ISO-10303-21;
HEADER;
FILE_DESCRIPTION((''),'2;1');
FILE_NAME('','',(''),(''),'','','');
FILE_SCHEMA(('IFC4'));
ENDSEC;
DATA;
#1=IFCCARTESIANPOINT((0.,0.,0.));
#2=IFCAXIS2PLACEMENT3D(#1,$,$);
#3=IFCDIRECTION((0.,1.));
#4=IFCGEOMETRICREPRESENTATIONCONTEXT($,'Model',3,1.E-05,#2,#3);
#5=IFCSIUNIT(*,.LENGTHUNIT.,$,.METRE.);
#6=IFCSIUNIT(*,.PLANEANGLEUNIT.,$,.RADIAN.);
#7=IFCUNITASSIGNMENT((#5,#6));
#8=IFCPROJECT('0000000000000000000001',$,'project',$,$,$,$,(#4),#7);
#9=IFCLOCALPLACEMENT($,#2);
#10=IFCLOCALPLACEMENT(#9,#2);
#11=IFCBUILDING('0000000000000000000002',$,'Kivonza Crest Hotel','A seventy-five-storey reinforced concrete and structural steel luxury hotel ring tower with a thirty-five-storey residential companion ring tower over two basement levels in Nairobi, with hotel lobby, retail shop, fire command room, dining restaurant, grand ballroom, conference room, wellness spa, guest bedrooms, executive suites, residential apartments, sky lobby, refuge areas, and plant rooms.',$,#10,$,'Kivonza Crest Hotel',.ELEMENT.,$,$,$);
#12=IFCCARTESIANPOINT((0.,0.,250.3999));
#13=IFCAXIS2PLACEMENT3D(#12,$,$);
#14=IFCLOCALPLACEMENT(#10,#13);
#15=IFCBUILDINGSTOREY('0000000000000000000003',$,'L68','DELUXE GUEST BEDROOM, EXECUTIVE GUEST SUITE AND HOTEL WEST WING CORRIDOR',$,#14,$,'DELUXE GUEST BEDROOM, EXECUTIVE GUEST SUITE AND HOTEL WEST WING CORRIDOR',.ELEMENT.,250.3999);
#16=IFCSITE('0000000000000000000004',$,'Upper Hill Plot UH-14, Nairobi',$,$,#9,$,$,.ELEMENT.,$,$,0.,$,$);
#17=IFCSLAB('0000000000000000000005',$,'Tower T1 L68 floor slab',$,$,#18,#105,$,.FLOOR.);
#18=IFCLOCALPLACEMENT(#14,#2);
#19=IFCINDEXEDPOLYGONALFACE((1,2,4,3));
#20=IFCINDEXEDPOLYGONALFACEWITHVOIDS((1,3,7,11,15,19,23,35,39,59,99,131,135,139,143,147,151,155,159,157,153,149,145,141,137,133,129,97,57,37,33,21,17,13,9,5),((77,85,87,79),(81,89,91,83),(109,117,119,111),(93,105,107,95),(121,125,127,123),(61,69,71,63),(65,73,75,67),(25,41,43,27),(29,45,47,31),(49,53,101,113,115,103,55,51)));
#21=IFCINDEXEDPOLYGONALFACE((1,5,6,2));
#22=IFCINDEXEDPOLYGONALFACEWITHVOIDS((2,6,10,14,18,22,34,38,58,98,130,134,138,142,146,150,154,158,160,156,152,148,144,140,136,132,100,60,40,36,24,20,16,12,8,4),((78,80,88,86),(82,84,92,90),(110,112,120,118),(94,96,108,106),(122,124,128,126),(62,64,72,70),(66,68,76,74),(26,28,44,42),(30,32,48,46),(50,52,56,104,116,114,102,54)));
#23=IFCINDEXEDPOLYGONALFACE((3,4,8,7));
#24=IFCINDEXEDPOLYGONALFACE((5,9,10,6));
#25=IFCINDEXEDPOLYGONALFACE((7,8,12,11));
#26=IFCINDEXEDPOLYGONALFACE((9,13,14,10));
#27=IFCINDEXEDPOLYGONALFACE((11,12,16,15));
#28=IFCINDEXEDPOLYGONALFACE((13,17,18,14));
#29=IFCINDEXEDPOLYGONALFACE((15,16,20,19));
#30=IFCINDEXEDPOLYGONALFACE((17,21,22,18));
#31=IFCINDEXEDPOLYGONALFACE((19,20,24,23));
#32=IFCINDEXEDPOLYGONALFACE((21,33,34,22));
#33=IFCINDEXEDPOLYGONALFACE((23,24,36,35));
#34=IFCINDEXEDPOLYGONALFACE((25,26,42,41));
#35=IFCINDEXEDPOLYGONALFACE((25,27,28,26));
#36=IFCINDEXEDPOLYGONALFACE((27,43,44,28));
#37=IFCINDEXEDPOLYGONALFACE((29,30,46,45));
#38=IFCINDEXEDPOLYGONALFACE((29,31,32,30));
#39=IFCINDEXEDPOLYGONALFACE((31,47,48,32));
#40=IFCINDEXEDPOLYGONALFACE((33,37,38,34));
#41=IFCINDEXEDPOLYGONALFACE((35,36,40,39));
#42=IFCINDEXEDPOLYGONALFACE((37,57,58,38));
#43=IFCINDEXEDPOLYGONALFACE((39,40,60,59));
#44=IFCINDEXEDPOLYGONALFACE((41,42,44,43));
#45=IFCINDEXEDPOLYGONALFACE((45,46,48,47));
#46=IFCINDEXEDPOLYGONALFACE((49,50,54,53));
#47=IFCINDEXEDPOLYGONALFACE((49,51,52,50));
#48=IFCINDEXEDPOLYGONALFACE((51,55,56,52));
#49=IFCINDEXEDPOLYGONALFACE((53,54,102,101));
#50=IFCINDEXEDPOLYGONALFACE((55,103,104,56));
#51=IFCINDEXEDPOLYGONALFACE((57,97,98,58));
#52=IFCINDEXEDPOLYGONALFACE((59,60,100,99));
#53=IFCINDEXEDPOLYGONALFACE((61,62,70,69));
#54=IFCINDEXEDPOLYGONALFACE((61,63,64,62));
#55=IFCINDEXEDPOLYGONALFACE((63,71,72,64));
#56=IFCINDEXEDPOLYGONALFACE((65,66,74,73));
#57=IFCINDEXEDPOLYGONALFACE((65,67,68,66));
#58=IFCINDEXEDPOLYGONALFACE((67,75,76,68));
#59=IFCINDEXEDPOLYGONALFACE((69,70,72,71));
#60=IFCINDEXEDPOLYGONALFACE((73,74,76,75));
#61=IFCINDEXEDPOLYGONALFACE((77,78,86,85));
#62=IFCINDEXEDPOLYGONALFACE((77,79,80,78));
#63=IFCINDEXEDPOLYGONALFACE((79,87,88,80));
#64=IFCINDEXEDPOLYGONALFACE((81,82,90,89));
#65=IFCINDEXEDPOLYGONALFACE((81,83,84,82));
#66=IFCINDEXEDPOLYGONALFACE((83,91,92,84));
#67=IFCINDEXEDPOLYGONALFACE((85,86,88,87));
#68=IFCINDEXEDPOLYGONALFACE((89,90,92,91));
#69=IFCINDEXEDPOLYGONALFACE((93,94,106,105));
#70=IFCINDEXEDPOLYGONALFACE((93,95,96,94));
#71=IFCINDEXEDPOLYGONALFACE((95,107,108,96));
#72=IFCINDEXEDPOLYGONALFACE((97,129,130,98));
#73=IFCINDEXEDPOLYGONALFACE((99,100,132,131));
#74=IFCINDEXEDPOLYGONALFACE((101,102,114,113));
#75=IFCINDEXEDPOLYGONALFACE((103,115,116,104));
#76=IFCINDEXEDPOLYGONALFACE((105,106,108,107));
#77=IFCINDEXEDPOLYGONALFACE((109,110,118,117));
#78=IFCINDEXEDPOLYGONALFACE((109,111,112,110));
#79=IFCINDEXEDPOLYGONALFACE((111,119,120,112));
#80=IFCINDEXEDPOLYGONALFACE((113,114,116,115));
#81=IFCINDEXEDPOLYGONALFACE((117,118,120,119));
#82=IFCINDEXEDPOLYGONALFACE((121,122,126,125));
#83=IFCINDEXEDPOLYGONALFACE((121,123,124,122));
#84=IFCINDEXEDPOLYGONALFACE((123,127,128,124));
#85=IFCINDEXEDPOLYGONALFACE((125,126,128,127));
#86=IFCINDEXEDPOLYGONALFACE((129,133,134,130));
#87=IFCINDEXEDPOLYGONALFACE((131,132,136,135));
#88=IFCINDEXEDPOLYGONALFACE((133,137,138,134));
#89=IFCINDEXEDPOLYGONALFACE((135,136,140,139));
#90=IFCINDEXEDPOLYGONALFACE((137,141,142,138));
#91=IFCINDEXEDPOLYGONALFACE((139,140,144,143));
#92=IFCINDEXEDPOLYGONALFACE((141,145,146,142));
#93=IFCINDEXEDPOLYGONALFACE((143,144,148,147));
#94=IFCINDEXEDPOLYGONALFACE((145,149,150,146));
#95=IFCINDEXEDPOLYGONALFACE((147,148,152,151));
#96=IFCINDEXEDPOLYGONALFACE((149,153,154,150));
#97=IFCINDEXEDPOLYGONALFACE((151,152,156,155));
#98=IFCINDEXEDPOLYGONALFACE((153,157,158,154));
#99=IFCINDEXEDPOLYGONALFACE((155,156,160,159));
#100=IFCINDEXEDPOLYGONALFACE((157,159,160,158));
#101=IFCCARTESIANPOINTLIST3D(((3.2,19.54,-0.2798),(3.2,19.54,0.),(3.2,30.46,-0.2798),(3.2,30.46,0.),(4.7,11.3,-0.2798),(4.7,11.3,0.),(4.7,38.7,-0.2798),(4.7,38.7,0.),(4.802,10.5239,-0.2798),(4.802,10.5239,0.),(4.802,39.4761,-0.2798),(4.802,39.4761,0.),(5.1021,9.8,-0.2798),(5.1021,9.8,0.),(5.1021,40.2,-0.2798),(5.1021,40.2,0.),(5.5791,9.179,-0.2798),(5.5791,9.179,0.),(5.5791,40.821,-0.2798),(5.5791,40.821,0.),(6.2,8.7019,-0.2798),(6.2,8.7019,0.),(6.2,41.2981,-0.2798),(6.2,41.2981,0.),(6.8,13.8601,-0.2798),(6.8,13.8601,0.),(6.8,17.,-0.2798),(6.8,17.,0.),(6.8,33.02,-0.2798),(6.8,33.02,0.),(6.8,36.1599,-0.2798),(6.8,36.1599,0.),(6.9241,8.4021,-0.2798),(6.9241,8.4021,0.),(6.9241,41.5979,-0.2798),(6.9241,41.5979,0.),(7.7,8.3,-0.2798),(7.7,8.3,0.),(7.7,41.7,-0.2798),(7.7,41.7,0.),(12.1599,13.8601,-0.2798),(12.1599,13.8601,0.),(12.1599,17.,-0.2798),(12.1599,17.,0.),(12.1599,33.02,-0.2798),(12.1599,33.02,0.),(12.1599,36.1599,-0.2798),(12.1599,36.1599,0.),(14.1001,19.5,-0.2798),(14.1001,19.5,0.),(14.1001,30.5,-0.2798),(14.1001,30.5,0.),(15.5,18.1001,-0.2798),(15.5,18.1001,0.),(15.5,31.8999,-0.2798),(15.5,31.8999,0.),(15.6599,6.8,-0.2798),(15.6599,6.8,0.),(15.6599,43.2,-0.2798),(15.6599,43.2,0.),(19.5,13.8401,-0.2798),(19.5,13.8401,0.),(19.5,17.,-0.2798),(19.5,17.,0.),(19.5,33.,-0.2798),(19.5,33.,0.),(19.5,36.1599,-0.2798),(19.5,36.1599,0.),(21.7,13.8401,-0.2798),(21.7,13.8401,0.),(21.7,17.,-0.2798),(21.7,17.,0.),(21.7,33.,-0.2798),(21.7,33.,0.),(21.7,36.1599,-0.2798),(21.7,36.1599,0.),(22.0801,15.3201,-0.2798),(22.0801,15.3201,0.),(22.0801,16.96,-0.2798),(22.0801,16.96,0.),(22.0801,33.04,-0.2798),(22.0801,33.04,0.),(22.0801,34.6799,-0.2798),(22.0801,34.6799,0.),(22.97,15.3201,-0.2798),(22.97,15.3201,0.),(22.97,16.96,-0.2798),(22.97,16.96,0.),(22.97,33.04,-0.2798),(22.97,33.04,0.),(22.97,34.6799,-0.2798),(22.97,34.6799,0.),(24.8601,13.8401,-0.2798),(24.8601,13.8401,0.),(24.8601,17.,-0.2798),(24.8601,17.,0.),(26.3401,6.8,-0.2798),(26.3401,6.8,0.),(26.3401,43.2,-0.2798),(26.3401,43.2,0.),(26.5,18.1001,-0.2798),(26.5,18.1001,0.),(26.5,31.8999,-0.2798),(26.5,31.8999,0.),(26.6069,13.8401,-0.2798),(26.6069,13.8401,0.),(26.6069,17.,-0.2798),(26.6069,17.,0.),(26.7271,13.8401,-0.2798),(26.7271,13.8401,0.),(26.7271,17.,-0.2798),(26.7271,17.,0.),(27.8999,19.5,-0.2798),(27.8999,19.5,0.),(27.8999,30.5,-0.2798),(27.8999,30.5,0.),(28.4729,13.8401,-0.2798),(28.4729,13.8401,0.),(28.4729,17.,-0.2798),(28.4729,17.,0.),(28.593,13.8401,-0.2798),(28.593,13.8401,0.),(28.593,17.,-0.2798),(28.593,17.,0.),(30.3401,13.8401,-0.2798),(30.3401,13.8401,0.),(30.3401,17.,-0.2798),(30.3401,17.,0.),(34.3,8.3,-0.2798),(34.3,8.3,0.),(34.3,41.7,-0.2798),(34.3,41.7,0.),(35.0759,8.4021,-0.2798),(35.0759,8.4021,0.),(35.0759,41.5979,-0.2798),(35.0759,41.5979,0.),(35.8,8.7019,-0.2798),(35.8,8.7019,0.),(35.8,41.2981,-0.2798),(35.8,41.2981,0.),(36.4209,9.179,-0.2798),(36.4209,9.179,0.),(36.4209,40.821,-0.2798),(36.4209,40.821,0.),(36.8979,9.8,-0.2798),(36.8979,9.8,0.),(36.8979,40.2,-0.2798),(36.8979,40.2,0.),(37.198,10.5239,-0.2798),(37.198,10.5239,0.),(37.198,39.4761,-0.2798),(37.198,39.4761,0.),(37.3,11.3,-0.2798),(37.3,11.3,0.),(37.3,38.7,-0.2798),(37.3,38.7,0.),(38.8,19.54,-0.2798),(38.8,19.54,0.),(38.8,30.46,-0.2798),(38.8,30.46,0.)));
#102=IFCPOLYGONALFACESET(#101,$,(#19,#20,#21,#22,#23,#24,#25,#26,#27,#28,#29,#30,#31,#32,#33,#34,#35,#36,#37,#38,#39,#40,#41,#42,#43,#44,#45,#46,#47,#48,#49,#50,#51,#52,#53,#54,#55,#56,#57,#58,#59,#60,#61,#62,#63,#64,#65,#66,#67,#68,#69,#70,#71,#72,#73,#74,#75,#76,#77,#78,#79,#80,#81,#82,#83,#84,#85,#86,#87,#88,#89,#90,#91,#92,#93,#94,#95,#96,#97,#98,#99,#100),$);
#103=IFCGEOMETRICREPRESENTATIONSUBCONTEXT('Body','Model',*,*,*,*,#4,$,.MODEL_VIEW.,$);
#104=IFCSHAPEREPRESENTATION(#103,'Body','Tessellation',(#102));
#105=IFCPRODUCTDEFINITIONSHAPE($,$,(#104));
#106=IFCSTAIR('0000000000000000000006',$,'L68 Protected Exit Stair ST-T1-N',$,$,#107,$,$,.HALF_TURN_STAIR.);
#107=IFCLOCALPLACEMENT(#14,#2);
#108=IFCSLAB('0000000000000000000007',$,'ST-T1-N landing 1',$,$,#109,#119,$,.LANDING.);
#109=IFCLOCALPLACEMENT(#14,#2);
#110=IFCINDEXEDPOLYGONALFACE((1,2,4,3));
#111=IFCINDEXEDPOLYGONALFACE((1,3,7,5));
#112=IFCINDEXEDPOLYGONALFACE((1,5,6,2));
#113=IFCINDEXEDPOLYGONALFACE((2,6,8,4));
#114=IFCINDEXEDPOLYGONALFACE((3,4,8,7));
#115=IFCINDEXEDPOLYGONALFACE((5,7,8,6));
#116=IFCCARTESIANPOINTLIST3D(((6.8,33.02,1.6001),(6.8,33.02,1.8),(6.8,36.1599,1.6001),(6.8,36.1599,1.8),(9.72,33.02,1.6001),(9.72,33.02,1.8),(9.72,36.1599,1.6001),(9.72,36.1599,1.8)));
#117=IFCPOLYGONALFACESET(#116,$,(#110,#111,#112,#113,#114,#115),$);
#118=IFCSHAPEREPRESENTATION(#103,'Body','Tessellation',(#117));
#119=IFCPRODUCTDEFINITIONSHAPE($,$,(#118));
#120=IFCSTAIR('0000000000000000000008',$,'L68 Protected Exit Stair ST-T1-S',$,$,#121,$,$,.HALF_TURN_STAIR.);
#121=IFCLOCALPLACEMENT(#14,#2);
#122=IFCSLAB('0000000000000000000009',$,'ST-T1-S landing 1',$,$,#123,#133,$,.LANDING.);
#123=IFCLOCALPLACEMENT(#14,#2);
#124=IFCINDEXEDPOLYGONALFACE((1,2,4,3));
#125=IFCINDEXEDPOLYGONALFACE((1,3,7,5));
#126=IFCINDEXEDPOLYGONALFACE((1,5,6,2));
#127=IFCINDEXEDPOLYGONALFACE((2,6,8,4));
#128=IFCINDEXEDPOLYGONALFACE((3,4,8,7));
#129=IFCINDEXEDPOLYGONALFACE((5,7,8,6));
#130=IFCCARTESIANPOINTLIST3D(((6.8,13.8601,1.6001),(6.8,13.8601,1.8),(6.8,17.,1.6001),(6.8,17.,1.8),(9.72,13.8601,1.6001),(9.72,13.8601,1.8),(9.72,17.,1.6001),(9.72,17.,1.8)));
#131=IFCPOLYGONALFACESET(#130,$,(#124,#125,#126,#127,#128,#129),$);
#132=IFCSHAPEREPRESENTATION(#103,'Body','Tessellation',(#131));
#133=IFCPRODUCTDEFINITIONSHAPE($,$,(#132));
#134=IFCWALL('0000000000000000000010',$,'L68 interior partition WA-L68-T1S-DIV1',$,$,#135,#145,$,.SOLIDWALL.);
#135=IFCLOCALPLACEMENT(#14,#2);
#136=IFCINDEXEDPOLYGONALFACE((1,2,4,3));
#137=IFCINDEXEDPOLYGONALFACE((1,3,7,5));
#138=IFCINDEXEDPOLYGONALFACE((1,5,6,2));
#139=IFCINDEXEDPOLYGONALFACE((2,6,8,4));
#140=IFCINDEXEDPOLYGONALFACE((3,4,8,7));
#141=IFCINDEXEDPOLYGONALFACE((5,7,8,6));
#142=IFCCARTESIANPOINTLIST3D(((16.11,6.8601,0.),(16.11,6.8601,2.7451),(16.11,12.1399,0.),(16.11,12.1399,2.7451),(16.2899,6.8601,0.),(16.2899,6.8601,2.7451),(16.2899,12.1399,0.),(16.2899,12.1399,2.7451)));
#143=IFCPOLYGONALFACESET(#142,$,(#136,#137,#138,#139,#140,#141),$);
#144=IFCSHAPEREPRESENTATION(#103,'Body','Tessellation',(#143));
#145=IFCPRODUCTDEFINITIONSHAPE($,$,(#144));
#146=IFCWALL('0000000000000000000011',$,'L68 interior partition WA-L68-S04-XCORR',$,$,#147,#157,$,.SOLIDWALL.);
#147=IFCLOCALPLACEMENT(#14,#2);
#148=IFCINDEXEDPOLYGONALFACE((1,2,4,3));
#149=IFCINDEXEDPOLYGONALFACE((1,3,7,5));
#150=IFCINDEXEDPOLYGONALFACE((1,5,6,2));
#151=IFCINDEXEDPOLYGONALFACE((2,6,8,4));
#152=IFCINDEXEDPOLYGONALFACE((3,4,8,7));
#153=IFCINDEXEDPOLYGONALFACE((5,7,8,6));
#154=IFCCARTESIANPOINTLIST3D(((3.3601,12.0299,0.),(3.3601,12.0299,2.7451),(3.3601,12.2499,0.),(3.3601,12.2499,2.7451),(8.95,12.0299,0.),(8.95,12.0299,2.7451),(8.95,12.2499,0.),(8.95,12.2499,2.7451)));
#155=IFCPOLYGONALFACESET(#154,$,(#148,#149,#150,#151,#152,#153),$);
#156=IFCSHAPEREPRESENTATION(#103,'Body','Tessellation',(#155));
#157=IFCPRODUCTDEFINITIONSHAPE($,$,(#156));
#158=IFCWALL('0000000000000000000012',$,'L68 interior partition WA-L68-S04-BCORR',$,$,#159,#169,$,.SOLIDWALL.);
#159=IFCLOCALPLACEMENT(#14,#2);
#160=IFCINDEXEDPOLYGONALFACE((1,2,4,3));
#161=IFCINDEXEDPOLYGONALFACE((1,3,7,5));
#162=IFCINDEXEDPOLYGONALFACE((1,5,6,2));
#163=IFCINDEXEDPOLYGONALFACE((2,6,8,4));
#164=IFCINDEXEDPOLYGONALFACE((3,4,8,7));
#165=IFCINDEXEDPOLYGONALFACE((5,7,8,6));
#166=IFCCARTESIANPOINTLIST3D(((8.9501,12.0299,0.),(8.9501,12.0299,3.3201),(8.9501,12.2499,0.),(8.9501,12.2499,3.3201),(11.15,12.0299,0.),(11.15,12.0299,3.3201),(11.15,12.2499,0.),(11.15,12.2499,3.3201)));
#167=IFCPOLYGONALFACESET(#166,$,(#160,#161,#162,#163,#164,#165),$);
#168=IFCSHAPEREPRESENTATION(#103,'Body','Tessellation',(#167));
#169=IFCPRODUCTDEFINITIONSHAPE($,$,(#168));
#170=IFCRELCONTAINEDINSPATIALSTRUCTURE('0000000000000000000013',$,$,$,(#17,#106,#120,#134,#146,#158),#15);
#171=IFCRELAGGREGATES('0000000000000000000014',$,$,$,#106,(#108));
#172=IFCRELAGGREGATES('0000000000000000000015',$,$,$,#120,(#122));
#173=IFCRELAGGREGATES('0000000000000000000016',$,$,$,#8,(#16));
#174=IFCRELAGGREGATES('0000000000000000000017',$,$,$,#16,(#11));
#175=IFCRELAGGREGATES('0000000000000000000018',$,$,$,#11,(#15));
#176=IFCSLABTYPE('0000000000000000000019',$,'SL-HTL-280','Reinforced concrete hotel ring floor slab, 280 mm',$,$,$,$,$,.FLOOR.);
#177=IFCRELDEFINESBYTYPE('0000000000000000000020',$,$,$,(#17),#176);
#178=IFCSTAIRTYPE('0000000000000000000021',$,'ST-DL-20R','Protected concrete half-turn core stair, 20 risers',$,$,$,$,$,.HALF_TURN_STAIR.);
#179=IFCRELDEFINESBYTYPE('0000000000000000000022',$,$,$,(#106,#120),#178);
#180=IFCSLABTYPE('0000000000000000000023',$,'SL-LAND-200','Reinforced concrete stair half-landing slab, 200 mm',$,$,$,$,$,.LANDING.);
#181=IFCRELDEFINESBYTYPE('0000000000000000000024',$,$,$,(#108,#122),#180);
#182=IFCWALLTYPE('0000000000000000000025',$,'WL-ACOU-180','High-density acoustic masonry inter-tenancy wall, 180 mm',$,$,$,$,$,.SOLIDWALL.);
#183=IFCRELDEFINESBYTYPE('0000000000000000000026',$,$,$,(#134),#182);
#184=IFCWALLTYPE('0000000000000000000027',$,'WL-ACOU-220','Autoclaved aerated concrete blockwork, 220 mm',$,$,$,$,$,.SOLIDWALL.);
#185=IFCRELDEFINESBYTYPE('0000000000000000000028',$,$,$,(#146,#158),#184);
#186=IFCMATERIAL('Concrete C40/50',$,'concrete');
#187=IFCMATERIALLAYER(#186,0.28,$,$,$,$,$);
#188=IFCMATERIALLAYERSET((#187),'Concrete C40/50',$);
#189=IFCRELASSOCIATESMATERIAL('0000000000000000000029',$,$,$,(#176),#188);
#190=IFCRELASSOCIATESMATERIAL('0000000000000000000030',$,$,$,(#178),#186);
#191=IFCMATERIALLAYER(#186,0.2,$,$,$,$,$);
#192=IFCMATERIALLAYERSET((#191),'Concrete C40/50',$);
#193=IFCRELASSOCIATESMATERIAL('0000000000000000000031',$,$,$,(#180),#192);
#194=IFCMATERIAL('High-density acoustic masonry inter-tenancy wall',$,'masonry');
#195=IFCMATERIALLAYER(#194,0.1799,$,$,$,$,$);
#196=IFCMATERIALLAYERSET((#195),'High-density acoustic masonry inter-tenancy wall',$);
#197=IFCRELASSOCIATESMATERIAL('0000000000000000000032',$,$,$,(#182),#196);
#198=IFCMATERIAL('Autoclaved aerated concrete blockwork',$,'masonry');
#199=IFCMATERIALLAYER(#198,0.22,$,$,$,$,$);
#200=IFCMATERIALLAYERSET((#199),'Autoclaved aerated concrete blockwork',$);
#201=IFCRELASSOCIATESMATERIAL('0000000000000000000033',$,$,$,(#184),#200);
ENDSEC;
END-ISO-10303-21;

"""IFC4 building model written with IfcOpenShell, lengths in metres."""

from ifc_helpers import new_model, si_unit, direction, frame, frame_2d, origin, place, context, subcontext, project, spatial, polyline, rectangle, outline, extrude, material, layer, layer_set, type_object, element, aggregate, save


model = new_model("IFC4")

# Units and contexts
model_context = context("Model", 3, precision=1e-05, world=origin(), true_north=direction((0.0, 1.0)))
body_context = subcontext(model_context, "Body", "Model", "MODEL_VIEW")
ifc_project = project(units=[si_unit("LENGTHUNIT", "METRE"), si_unit("PLANEANGLEUNIT", "RADIAN")], contexts=[model_context])

# Site, building, storey
site_placement = place(None, origin())
site = spatial("IfcSite", under=ifc_project, at=site_placement, Name="Upper Hill Plot UH-14, Nairobi", CompositionType="ELEMENT", RefElevation=0.0)
building_placement = place(site_placement, origin())
building = spatial("IfcBuilding", under=site, at=building_placement, Name="Kivonza Crest Hotel", Description="A seventy-five-storey reinforced concrete and structural steel luxury hotel ring tower with a thirty-five-storey residential companion ring tower over two basement levels in Nairobi, with hotel lobby, retail shop, fire command room, dining restaurant, grand ballroom, conference room, wellness spa, guest bedrooms, executive suites, residential apartments, sky lobby, refuge areas, and plant rooms.", LongName="Kivonza Crest Hotel", CompositionType="ELEMENT")
storey_placement = place(building_placement, frame((0.0, 0.0, 250.3999)))
storey = spatial("IfcBuildingStorey", under=building, at=storey_placement, Name="L68", Description="DELUXE GUEST BEDROOM, EXECUTIVE GUEST SUITE AND HOTEL WEST WING CORRIDOR", LongName="DELUXE GUEST BEDROOM, EXECUTIVE GUEST SUITE AND HOTEL WEST WING CORRIDOR", CompositionType="ELEMENT", Elevation=250.3999)

# Slab
ifc_material_1 = material(Name="Concrete C40/50", Category="concrete")
ifc_layer_1 = layer(ifc_material_1, 0.28)
ifc_layer_set_1 = layer_set([ifc_layer_1], Name="Concrete C40/50")
slab_type_1 = type_object("IfcSlabType", Name="SL-HTL-280", Description="Reinforced concrete hotel ring floor slab, 280 mm", PredefinedType="FLOOR", material=ifc_layer_set_1)
slab_1_placement = place(storey_placement, frame((0.0, 0.0, -0.2798)))
element("IfcSlab", 1, at=slab_1_placement, inside=storey, type_object=slab_type_1, Name="Tower T1 L68 floor slab", PredefinedType="FLOOR", context=body_context, shape_type="SweptSolid", body=[
    extrude(outline(polyline([(4.7, 11.3), (4.802, 10.5239), (5.1021, 9.8), (5.5791, 9.179), (6.2, 8.7019), (6.9241, 8.4021), (7.7, 8.3), (15.6599, 6.8), (26.3401, 6.8), (34.3, 8.3), (35.0759, 8.4021), (35.8, 8.7019), (36.4209, 9.179), (36.8979, 9.8), (37.198, 10.5239), (37.3, 11.3), (38.8, 19.54), (38.8, 30.46), (37.3, 38.7), (37.198, 39.4761), (36.8979, 40.2), (36.4209, 40.821), (35.8, 41.2981), (35.0759, 41.5979), (34.3, 41.7), (26.3401, 43.2), (15.6599, 43.2), (7.7, 41.7), (6.9241, 41.5979), (6.2, 41.2981), (5.5791, 40.821), (5.1021, 40.2), (4.802, 39.4761), (4.7, 38.7), (3.2, 30.46), (3.2, 19.54), (4.7, 11.3)]), holes=[polyline([(15.5, 18.1001), (26.5, 18.1001), (27.8999, 19.5), (27.8999, 30.5), (26.5, 31.8999), (15.5, 31.8999), (14.1001, 30.5), (14.1001, 19.5), (15.5, 18.1001)]), polyline([(6.8, 33.02), (12.1599, 33.02), (12.1599, 36.1599), (6.8, 36.1599), (6.8, 33.02)]), polyline([(6.8, 13.8601), (12.1599, 13.8601), (12.1599, 17.0), (6.8, 17.0), (6.8, 13.8601)]), polyline([(22.0801, 33.04), (22.97, 33.04), (22.97, 34.6799), (22.0801, 34.6799), (22.0801, 33.04)]), polyline([(22.0801, 15.3201), (22.97, 15.3201), (22.97, 16.96), (22.0801, 16.96), (22.0801, 15.3201)]), polyline([(19.5, 33.0), (21.7, 33.0), (21.7, 36.1599), (19.5, 36.1599), (19.5, 33.0)]), polyline([(19.5, 13.8401), (21.7, 13.8401), (21.7, 17.0), (19.5, 17.0), (19.5, 13.8401)]), polyline([(24.8601, 13.8401), (26.6069, 13.8401), (26.6069, 17.0), (24.8601, 17.0), (24.8601, 13.8401)]), polyline([(26.7271, 13.8401), (28.4729, 13.8401), (28.4729, 17.0), (26.7271, 17.0), (26.7271, 13.8401)]), polyline([(28.593, 13.8401), (30.3401, 13.8401), (30.3401, 17.0), (28.593, 17.0), (28.593, 13.8401)])]), origin(), (0.0, 0.0, 1.0), 0.2798),
])

# Stairs, slabs
stair_type = type_object("IfcStairType", Name="ST-DL-20R", Description="Protected concrete half-turn core stair, 20 risers", PredefinedType="HALF_TURN_STAIR", material=ifc_material_1)
stair_1_placement = place(storey_placement, origin())
stair_1 = element("IfcStair", 2, at=stair_1_placement, inside=storey, type_object=stair_type, Name="L68 Protected Exit Stair ST-T1-N", PredefinedType="HALF_TURN_STAIR")
ifc_layer_2 = layer(ifc_material_1, 0.2)
ifc_layer_set_2 = layer_set([ifc_layer_2], Name="Concrete C40/50")
slab_type_2 = type_object("IfcSlabType", Name="SL-LAND-200", Description="Reinforced concrete stair half-landing slab, 200 mm", PredefinedType="LANDING", material=ifc_layer_set_2)
slab_2_placement = place(storey_placement, frame((0.0, 0.0, 1.6001)))
slab_2 = element("IfcSlab", 3, at=slab_2_placement, type_object=slab_type_2, Name="ST-T1-N landing 1", PredefinedType="LANDING", context=body_context, shape_type="SweptSolid", body=[
    extrude(outline(polyline([(9.72, 36.1599), (6.8, 36.1599), (6.8, 33.02), (9.72, 33.02), (9.72, 36.1599)])), origin(), (0.0, 0.0, 1.0), 0.2),
])
aggregate(stair_1, [slab_2])
stair_2_placement = place(storey_placement, origin())
stair_2 = element("IfcStair", 4, at=stair_2_placement, inside=storey, type_object=stair_type, Name="L68 Protected Exit Stair ST-T1-S", PredefinedType="HALF_TURN_STAIR")
slab_3_placement = place(storey_placement, frame((0.0, 0.0, 1.6001)))
slab_3 = element("IfcSlab", 5, at=slab_3_placement, type_object=slab_type_2, Name="ST-T1-S landing 1", PredefinedType="LANDING", context=body_context, shape_type="SweptSolid", body=[
    extrude(outline(polyline([(9.72, 17.0), (6.8, 17.0), (6.8, 13.8601), (9.72, 13.8601), (9.72, 17.0)])), origin(), (0.0, 0.0, 1.0), 0.2),
])
aggregate(stair_2, [slab_3])

# Walls
ifc_material_2 = material(Name="High-density acoustic masonry inter-tenancy wall", Category="masonry")
ifc_layer_3 = layer(ifc_material_2, 0.1799)
ifc_layer_set_3 = layer_set([ifc_layer_3], Name="High-density acoustic masonry inter-tenancy wall")
wall_type_1 = type_object("IfcWallType", Name="WL-ACOU-180", Description="High-density acoustic masonry inter-tenancy wall, 180 mm", PredefinedType="SOLIDWALL", material=ifc_layer_set_3)
wall_1_placement = place(storey_placement, frame((16.2, 6.8601, 0.0), z_axis=(0.0, 0.0, 1.0), x_axis=(0.0, 1.0, 0.0)))
element("IfcWall", 6, at=wall_1_placement, inside=storey, type_object=wall_type_1, Name="L68 interior partition WA-L68-T1S-DIV1", PredefinedType="SOLIDWALL", context=body_context, shape_type="SweptSolid", body=[
    extrude(rectangle(XDim=5.2798, YDim=0.1799, at=frame_2d((2.6399, 0.0))), origin(), (0.0, 0.0, 1.0), 2.7451),
])
ifc_material_3 = material(Name="Autoclaved aerated concrete blockwork", Category="masonry")
ifc_layer_4 = layer(ifc_material_3, 0.22)
ifc_layer_set_4 = layer_set([ifc_layer_4], Name="Autoclaved aerated concrete blockwork")
wall_type_2 = type_object("IfcWallType", Name="WL-ACOU-220", Description="Autoclaved aerated concrete blockwork, 220 mm", PredefinedType="SOLIDWALL", material=ifc_layer_set_4)
wall_2_placement = place(storey_placement, frame((3.3601, 12.1399, 0.0), z_axis=(0.0, 0.0, 1.0), x_axis=(1.0, 0.0, 0.0)))
element("IfcWall", 7, at=wall_2_placement, inside=storey, type_object=wall_type_2, Name="L68 interior partition WA-L68-S04-XCORR", PredefinedType="SOLIDWALL", context=body_context, shape_type="SweptSolid", body=[
    extrude(rectangle(XDim=5.5898, YDim=0.22, at=frame_2d((2.7949, 0.0))), origin(), (0.0, 0.0, 1.0), 2.7451),
])
wall_3_placement = place(storey_placement, frame((8.95, 12.1399, 0.0), z_axis=(0.0, 0.0, 1.0), x_axis=(1.0, 0.0, 0.0)))
element("IfcWall", 8, at=wall_3_placement, inside=storey, type_object=wall_type_2, Name="L68 interior partition WA-L68-S04-BCORR", PredefinedType="SOLIDWALL", context=body_context, shape_type="SweptSolid", body=[
    extrude(rectangle(XDim=2.2, YDim=0.22, at=frame_2d((1.1001, 0.0))), origin(), (0.0, 0.0, 1.0), 3.3201),
])

save(model, "model.ifc")
